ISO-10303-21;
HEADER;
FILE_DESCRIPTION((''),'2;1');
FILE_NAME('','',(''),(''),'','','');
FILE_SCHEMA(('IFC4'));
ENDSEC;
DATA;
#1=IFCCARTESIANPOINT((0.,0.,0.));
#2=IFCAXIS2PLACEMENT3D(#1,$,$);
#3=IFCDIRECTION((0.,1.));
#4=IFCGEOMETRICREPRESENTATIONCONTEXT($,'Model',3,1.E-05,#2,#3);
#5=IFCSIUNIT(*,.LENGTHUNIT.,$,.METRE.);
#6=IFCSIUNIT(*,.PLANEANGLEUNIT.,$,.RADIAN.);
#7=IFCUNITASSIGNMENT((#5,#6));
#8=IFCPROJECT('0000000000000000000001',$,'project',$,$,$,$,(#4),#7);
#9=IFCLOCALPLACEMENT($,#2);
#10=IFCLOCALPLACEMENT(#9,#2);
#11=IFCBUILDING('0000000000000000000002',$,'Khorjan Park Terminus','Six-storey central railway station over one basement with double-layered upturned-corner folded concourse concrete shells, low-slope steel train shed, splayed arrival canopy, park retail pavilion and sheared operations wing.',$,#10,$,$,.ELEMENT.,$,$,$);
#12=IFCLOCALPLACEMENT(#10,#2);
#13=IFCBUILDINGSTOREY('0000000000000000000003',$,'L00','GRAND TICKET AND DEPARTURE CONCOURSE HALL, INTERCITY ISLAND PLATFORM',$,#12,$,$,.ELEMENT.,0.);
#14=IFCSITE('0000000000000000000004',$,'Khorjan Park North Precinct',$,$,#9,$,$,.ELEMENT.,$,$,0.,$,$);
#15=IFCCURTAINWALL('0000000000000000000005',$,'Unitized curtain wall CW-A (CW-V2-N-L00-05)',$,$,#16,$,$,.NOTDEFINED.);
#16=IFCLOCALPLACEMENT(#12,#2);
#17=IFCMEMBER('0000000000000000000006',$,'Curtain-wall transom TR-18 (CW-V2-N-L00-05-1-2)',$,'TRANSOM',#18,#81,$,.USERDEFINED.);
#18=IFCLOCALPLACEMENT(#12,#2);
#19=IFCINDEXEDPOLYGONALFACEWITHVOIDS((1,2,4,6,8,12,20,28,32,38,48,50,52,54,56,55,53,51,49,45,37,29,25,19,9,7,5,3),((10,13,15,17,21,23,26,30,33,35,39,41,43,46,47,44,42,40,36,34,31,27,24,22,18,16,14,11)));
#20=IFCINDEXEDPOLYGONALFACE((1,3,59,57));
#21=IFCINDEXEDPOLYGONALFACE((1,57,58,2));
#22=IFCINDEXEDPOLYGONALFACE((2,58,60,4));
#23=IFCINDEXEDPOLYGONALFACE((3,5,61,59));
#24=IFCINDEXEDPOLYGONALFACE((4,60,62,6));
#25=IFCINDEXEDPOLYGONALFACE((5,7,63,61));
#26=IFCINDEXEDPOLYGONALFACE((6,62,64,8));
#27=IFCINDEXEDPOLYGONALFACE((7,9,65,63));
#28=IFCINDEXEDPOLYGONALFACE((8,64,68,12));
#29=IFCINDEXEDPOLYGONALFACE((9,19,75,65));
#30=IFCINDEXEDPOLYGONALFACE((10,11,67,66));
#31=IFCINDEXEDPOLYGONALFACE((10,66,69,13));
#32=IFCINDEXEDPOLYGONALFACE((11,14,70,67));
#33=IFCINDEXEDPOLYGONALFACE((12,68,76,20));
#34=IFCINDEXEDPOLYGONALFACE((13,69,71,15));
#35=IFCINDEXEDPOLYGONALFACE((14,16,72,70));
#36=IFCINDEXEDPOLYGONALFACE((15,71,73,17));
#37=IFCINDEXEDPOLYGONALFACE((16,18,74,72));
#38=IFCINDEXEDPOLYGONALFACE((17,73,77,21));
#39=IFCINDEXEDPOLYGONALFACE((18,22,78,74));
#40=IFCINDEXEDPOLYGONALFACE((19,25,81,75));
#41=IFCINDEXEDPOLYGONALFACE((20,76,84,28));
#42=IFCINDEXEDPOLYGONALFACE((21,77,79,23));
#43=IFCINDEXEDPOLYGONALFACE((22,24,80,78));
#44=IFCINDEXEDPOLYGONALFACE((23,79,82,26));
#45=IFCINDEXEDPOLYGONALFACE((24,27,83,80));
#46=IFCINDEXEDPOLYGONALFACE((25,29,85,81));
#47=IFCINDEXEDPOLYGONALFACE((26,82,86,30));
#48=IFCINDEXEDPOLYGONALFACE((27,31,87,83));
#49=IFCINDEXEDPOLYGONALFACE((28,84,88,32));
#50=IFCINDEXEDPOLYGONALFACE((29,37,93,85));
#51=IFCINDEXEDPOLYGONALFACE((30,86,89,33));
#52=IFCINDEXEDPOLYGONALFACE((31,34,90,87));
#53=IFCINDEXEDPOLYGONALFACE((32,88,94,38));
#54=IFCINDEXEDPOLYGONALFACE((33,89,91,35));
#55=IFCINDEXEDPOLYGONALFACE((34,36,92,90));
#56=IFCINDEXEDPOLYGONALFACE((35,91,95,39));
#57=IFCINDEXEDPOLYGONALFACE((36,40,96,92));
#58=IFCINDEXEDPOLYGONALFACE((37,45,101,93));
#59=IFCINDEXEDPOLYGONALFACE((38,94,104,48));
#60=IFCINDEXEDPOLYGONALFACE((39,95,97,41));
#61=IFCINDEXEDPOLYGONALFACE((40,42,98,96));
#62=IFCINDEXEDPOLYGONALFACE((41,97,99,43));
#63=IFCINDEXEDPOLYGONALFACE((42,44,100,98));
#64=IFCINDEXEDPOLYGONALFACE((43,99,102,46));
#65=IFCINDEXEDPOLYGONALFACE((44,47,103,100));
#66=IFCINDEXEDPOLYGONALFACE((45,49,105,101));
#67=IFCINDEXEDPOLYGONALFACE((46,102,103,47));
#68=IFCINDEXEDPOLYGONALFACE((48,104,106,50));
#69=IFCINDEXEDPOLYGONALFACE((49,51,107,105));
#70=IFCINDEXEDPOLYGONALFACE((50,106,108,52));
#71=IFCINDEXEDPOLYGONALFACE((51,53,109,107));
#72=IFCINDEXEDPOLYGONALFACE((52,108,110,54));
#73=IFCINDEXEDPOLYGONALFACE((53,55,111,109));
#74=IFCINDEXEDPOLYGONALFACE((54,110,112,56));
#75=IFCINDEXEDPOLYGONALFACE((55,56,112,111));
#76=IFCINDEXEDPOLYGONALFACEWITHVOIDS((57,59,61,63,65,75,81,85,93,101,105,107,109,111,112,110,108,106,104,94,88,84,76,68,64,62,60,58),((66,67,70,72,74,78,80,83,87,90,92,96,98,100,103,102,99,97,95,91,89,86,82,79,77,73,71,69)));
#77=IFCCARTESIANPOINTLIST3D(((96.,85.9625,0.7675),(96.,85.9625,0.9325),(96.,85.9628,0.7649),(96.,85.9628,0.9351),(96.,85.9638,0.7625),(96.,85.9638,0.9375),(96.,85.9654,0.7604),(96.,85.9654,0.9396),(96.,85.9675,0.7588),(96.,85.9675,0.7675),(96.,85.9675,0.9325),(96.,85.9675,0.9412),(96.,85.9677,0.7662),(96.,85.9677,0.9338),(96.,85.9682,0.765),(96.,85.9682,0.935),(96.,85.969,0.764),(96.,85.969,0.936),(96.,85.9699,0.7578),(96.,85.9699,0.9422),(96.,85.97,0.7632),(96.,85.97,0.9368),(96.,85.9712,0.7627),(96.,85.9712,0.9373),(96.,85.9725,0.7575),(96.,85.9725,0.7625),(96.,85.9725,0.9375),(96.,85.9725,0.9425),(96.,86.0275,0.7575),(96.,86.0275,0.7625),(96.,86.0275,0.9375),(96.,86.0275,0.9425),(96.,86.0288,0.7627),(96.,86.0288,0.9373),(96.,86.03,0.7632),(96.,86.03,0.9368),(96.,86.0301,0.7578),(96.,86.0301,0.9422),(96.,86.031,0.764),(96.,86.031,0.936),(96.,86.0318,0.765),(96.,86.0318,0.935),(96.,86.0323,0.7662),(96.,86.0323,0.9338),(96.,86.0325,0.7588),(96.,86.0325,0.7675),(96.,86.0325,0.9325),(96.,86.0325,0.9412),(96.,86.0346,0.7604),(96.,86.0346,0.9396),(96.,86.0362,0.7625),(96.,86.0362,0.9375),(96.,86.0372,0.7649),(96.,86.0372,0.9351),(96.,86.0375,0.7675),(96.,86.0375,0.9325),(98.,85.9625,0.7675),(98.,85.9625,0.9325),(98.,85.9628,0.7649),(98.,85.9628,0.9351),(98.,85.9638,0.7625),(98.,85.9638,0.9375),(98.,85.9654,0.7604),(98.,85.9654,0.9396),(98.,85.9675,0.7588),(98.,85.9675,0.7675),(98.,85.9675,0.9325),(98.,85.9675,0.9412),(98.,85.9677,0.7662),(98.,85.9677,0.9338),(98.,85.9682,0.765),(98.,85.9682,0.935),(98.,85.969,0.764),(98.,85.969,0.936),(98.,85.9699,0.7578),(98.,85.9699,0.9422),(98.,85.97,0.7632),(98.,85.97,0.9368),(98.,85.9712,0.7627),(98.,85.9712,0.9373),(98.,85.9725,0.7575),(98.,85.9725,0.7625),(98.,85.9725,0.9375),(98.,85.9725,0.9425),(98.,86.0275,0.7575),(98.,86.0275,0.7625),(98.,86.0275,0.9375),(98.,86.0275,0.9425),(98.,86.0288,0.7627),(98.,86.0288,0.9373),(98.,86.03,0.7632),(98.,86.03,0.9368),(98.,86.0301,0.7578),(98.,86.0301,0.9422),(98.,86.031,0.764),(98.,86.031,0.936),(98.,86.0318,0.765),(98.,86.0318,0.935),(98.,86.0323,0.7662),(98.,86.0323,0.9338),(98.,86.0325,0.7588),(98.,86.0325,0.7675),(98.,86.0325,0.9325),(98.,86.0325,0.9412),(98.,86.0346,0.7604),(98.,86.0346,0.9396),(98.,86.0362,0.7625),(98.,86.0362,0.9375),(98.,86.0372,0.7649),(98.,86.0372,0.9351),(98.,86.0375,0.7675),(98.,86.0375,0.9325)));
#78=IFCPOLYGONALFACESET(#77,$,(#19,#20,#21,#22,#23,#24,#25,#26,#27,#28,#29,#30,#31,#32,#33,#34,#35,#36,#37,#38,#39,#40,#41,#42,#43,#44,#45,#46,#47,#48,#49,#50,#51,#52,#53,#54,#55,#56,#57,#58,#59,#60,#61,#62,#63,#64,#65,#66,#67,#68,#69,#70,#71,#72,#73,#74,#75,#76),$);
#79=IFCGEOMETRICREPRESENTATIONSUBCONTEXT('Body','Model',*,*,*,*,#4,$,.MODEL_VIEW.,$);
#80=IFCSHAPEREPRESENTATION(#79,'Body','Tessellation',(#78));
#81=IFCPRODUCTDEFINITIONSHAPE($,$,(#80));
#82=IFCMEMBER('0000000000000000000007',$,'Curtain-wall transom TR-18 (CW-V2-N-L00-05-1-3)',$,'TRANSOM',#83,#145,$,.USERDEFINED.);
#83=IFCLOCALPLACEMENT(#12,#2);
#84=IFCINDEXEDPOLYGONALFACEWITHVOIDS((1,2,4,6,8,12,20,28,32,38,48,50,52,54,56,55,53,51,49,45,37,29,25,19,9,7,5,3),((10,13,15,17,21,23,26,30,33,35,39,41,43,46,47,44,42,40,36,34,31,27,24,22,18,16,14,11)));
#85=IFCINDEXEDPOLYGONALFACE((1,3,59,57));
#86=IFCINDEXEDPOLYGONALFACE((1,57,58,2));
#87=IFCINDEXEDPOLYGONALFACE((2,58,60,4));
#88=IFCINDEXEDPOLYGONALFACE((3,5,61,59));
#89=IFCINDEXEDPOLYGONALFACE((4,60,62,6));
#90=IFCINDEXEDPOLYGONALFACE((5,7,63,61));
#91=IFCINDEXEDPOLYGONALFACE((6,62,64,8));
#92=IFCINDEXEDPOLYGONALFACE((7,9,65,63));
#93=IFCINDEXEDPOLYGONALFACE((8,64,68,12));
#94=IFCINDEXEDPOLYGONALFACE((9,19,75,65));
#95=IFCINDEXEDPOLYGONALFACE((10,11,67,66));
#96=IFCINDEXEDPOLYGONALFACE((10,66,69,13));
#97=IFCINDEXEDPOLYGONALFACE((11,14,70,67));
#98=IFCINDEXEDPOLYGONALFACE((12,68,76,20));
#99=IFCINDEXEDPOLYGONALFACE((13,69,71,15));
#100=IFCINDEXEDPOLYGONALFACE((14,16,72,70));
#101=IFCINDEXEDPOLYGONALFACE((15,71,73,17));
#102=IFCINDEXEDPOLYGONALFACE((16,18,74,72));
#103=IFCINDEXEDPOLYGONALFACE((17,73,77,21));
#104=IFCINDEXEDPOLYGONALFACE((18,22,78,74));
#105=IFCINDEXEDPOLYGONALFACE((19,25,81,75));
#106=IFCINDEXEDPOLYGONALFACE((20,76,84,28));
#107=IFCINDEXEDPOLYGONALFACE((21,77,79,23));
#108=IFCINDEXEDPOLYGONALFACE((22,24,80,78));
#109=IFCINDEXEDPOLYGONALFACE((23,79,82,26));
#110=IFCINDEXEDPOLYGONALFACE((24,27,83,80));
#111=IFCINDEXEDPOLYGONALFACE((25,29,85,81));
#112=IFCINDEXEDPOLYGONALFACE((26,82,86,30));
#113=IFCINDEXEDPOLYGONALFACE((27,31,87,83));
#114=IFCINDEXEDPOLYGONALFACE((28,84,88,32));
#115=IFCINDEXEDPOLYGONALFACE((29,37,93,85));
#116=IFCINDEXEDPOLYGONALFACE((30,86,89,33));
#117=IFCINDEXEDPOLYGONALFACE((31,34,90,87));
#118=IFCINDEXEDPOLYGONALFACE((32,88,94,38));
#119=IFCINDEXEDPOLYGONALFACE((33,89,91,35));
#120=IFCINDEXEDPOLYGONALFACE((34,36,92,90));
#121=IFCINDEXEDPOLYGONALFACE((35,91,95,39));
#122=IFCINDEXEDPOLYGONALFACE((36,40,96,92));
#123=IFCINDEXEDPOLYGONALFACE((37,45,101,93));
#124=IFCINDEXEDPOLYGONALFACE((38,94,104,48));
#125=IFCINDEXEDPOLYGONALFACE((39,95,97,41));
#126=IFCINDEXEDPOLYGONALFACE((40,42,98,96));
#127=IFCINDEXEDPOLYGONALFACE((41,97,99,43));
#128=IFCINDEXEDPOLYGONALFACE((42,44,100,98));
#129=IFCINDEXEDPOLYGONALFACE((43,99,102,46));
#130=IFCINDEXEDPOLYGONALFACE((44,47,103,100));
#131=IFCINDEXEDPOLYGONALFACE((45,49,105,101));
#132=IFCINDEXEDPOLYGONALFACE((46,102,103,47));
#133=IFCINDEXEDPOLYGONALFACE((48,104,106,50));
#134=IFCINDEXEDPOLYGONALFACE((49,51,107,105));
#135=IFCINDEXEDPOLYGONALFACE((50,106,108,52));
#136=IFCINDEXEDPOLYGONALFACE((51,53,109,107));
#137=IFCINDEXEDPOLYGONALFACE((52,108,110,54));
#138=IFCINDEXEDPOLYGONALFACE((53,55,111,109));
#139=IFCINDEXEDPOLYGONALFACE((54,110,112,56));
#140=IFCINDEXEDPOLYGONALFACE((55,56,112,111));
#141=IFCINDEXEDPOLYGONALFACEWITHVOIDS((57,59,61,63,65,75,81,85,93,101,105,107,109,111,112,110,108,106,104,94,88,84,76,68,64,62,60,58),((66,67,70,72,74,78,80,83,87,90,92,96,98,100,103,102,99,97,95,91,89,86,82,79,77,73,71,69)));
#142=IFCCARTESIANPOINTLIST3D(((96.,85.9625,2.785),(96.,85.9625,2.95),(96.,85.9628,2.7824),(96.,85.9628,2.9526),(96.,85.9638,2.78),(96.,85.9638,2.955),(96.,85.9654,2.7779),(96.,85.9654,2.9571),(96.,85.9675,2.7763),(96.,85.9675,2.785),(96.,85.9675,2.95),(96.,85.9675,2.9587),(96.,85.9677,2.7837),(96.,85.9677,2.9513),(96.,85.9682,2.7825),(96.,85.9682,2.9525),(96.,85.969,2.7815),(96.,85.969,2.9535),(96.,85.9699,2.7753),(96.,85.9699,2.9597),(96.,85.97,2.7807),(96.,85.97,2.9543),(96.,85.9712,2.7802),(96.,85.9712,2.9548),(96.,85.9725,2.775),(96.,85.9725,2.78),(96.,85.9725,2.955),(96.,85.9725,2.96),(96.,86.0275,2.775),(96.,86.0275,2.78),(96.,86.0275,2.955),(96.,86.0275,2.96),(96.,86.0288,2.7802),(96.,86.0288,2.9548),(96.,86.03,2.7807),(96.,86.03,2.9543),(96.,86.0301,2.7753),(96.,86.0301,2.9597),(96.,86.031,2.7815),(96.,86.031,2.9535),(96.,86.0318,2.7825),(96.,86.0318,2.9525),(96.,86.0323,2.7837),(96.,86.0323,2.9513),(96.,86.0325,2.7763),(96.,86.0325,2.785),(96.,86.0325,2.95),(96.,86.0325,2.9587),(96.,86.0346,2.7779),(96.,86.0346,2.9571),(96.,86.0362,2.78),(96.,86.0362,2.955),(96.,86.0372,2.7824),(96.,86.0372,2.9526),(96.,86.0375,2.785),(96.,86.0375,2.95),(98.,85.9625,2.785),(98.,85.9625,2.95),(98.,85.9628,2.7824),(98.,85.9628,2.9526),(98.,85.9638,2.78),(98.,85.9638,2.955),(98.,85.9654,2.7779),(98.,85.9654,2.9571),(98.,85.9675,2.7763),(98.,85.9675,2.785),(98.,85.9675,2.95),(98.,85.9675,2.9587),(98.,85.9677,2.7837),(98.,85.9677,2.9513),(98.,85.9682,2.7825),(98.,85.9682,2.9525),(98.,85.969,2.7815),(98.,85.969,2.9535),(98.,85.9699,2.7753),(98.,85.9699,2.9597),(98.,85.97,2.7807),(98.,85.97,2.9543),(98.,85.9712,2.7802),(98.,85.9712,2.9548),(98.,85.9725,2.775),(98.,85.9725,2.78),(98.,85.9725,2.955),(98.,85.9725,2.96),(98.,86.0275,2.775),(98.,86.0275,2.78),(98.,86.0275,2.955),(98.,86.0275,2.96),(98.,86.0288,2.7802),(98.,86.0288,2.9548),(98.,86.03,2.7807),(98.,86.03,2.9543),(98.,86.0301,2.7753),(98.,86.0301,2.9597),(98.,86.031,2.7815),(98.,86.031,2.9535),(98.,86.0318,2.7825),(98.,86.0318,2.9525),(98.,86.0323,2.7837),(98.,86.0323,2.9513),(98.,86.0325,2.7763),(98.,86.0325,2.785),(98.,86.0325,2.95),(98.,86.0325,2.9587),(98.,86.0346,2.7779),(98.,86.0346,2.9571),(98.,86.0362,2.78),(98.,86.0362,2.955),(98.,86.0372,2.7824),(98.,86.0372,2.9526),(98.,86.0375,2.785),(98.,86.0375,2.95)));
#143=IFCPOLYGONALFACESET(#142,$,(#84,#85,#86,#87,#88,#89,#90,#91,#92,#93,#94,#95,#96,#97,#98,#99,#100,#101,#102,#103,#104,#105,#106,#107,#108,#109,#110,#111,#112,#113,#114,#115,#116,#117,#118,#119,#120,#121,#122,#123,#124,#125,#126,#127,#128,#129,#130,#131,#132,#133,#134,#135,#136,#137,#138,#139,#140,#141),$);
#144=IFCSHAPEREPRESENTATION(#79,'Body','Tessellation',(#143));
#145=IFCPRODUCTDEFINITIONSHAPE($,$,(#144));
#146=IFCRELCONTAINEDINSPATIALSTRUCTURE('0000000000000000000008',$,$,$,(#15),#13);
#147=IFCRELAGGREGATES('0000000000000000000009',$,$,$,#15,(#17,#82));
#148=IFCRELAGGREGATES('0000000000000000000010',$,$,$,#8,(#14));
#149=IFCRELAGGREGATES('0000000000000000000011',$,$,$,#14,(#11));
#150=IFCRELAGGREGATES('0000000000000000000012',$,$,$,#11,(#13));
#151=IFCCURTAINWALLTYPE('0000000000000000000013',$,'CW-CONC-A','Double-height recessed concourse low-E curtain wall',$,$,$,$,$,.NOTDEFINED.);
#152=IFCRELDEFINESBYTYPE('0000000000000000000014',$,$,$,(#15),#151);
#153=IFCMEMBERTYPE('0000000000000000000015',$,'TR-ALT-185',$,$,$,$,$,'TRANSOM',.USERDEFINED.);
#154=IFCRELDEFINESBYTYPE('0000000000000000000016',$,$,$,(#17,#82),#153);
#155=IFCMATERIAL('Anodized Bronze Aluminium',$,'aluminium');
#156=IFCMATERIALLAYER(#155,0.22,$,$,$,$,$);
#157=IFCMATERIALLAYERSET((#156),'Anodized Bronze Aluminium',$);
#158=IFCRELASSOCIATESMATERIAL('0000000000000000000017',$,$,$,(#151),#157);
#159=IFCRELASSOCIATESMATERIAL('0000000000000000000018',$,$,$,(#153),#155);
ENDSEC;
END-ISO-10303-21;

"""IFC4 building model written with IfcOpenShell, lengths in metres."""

from ifc_helpers import new_model, si_unit, direction, frame, origin, origin_2d, place, context, subcontext, project, spatial, hollow_rectangle, extrude, material, layer, layer_set, material_profile, profile_set, type_object, element, aggregate, save


model = new_model("IFC4")

# Units and contexts
model_context = context("Model", 3, precision=1e-05, world=origin(), true_north=direction((0.0, 1.0)))
body_context = subcontext(model_context, "Body", "Model", "MODEL_VIEW")
ifc_project = project(units=[si_unit("LENGTHUNIT", "METRE"), si_unit("PLANEANGLEUNIT", "RADIAN")], contexts=[model_context])

# Site, building, storey
site_placement = place(None, origin())
site = spatial("IfcSite", under=ifc_project, at=site_placement, Name="Khorjan Park North Precinct", CompositionType="ELEMENT", RefElevation=0.0)
building_placement = place(site_placement, origin())
building = spatial("IfcBuilding", under=site, at=building_placement, Name="Khorjan Park Terminus", Description="Six-storey central railway station over one basement with double-layered upturned-corner folded concourse concrete shells, low-slope steel train shed, splayed arrival canopy, park retail pavilion and sheared operations wing.", CompositionType="ELEMENT")
storey_placement = place(building_placement, origin())
storey = spatial("IfcBuildingStorey", under=building, at=storey_placement, Name="L00", Description="GRAND TICKET AND DEPARTURE CONCOURSE HALL, INTERCITY ISLAND PLATFORM", CompositionType="ELEMENT", Elevation=0.0)

# Curtain wall, members
ifc_material_1 = material(Name="Anodized Bronze Aluminium", Category="aluminium")
ifc_layer_1 = layer(ifc_material_1, 0.22)
ifc_layer_set_1 = layer_set([ifc_layer_1], Name="Anodized Bronze Aluminium")
curtain_wall_type = type_object("IfcCurtainWallType", Name="CW-CONC-A", Description="Double-height recessed concourse low-E curtain wall", PredefinedType="NOTDEFINED", material=ifc_layer_set_1)
curtain_wall_placement = place(storey_placement, origin())
curtain_wall = element("IfcCurtainWall", 1, at=curtain_wall_placement, inside=storey, type_object=curtain_wall_type, Name="Unitized curtain wall CW-A (CW-V2-N-L00-05)", PredefinedType="NOTDEFINED")
ifc_material_profile_1 = material_profile(ifc_material_1, hollow_rectangle(XDim=0.075, YDim=0.185, WallThickness=0.005, InnerFilletRadius=0.005, OuterFilletRadius=0.01, at=origin_2d()), Name="ALT 75x185x5")
ifc_profile_set_1 = profile_set([ifc_material_profile_1], Name="Anodized Bronze Aluminium")
member_type_1 = type_object("IfcMemberType", Name="TR-ALT-185", ElementType="TRANSOM", PredefinedType="USERDEFINED", material=ifc_profile_set_1)
member_1_placement = place(storey_placement, frame((98.0, 86.0, 0.85), z_axis=(-1.0, 0.0, 0.0), x_axis=(0.0, -1.0, 0.0)))
member_1 = element("IfcMember", 2, at=member_1_placement, type_object=member_type_1, Name="Curtain-wall transom TR-18 (CW-V2-N-L00-05-1-2)", ObjectType="TRANSOM", PredefinedType="USERDEFINED", context=body_context, shape_type="SweptSolid", body=[
    extrude(hollow_rectangle(XDim=0.075, YDim=0.185, WallThickness=0.005, InnerFilletRadius=0.005, OuterFilletRadius=0.01, at=origin_2d()), origin(), (0.0, 0.0, 1.0), 2.0),
])
member_2_placement = place(storey_placement, frame((98.0, 86.0, 2.8675), z_axis=(-1.0, 0.0, 0.0), x_axis=(0.0, -1.0, 0.0)))
member_2 = element("IfcMember", 3, at=member_2_placement, type_object=member_type_1, Name="Curtain-wall transom TR-18 (CW-V2-N-L00-05-1-3)", ObjectType="TRANSOM", PredefinedType="USERDEFINED", context=body_context, shape_type="SweptSolid", body=[
    extrude(hollow_rectangle(XDim=0.075, YDim=0.185, WallThickness=0.005, InnerFilletRadius=0.005, OuterFilletRadius=0.01, at=origin_2d()), origin(), (0.0, 0.0, 1.0), 2.0),
])
aggregate(curtain_wall, [member_1, member_2])

save(model, "model.ifc")
